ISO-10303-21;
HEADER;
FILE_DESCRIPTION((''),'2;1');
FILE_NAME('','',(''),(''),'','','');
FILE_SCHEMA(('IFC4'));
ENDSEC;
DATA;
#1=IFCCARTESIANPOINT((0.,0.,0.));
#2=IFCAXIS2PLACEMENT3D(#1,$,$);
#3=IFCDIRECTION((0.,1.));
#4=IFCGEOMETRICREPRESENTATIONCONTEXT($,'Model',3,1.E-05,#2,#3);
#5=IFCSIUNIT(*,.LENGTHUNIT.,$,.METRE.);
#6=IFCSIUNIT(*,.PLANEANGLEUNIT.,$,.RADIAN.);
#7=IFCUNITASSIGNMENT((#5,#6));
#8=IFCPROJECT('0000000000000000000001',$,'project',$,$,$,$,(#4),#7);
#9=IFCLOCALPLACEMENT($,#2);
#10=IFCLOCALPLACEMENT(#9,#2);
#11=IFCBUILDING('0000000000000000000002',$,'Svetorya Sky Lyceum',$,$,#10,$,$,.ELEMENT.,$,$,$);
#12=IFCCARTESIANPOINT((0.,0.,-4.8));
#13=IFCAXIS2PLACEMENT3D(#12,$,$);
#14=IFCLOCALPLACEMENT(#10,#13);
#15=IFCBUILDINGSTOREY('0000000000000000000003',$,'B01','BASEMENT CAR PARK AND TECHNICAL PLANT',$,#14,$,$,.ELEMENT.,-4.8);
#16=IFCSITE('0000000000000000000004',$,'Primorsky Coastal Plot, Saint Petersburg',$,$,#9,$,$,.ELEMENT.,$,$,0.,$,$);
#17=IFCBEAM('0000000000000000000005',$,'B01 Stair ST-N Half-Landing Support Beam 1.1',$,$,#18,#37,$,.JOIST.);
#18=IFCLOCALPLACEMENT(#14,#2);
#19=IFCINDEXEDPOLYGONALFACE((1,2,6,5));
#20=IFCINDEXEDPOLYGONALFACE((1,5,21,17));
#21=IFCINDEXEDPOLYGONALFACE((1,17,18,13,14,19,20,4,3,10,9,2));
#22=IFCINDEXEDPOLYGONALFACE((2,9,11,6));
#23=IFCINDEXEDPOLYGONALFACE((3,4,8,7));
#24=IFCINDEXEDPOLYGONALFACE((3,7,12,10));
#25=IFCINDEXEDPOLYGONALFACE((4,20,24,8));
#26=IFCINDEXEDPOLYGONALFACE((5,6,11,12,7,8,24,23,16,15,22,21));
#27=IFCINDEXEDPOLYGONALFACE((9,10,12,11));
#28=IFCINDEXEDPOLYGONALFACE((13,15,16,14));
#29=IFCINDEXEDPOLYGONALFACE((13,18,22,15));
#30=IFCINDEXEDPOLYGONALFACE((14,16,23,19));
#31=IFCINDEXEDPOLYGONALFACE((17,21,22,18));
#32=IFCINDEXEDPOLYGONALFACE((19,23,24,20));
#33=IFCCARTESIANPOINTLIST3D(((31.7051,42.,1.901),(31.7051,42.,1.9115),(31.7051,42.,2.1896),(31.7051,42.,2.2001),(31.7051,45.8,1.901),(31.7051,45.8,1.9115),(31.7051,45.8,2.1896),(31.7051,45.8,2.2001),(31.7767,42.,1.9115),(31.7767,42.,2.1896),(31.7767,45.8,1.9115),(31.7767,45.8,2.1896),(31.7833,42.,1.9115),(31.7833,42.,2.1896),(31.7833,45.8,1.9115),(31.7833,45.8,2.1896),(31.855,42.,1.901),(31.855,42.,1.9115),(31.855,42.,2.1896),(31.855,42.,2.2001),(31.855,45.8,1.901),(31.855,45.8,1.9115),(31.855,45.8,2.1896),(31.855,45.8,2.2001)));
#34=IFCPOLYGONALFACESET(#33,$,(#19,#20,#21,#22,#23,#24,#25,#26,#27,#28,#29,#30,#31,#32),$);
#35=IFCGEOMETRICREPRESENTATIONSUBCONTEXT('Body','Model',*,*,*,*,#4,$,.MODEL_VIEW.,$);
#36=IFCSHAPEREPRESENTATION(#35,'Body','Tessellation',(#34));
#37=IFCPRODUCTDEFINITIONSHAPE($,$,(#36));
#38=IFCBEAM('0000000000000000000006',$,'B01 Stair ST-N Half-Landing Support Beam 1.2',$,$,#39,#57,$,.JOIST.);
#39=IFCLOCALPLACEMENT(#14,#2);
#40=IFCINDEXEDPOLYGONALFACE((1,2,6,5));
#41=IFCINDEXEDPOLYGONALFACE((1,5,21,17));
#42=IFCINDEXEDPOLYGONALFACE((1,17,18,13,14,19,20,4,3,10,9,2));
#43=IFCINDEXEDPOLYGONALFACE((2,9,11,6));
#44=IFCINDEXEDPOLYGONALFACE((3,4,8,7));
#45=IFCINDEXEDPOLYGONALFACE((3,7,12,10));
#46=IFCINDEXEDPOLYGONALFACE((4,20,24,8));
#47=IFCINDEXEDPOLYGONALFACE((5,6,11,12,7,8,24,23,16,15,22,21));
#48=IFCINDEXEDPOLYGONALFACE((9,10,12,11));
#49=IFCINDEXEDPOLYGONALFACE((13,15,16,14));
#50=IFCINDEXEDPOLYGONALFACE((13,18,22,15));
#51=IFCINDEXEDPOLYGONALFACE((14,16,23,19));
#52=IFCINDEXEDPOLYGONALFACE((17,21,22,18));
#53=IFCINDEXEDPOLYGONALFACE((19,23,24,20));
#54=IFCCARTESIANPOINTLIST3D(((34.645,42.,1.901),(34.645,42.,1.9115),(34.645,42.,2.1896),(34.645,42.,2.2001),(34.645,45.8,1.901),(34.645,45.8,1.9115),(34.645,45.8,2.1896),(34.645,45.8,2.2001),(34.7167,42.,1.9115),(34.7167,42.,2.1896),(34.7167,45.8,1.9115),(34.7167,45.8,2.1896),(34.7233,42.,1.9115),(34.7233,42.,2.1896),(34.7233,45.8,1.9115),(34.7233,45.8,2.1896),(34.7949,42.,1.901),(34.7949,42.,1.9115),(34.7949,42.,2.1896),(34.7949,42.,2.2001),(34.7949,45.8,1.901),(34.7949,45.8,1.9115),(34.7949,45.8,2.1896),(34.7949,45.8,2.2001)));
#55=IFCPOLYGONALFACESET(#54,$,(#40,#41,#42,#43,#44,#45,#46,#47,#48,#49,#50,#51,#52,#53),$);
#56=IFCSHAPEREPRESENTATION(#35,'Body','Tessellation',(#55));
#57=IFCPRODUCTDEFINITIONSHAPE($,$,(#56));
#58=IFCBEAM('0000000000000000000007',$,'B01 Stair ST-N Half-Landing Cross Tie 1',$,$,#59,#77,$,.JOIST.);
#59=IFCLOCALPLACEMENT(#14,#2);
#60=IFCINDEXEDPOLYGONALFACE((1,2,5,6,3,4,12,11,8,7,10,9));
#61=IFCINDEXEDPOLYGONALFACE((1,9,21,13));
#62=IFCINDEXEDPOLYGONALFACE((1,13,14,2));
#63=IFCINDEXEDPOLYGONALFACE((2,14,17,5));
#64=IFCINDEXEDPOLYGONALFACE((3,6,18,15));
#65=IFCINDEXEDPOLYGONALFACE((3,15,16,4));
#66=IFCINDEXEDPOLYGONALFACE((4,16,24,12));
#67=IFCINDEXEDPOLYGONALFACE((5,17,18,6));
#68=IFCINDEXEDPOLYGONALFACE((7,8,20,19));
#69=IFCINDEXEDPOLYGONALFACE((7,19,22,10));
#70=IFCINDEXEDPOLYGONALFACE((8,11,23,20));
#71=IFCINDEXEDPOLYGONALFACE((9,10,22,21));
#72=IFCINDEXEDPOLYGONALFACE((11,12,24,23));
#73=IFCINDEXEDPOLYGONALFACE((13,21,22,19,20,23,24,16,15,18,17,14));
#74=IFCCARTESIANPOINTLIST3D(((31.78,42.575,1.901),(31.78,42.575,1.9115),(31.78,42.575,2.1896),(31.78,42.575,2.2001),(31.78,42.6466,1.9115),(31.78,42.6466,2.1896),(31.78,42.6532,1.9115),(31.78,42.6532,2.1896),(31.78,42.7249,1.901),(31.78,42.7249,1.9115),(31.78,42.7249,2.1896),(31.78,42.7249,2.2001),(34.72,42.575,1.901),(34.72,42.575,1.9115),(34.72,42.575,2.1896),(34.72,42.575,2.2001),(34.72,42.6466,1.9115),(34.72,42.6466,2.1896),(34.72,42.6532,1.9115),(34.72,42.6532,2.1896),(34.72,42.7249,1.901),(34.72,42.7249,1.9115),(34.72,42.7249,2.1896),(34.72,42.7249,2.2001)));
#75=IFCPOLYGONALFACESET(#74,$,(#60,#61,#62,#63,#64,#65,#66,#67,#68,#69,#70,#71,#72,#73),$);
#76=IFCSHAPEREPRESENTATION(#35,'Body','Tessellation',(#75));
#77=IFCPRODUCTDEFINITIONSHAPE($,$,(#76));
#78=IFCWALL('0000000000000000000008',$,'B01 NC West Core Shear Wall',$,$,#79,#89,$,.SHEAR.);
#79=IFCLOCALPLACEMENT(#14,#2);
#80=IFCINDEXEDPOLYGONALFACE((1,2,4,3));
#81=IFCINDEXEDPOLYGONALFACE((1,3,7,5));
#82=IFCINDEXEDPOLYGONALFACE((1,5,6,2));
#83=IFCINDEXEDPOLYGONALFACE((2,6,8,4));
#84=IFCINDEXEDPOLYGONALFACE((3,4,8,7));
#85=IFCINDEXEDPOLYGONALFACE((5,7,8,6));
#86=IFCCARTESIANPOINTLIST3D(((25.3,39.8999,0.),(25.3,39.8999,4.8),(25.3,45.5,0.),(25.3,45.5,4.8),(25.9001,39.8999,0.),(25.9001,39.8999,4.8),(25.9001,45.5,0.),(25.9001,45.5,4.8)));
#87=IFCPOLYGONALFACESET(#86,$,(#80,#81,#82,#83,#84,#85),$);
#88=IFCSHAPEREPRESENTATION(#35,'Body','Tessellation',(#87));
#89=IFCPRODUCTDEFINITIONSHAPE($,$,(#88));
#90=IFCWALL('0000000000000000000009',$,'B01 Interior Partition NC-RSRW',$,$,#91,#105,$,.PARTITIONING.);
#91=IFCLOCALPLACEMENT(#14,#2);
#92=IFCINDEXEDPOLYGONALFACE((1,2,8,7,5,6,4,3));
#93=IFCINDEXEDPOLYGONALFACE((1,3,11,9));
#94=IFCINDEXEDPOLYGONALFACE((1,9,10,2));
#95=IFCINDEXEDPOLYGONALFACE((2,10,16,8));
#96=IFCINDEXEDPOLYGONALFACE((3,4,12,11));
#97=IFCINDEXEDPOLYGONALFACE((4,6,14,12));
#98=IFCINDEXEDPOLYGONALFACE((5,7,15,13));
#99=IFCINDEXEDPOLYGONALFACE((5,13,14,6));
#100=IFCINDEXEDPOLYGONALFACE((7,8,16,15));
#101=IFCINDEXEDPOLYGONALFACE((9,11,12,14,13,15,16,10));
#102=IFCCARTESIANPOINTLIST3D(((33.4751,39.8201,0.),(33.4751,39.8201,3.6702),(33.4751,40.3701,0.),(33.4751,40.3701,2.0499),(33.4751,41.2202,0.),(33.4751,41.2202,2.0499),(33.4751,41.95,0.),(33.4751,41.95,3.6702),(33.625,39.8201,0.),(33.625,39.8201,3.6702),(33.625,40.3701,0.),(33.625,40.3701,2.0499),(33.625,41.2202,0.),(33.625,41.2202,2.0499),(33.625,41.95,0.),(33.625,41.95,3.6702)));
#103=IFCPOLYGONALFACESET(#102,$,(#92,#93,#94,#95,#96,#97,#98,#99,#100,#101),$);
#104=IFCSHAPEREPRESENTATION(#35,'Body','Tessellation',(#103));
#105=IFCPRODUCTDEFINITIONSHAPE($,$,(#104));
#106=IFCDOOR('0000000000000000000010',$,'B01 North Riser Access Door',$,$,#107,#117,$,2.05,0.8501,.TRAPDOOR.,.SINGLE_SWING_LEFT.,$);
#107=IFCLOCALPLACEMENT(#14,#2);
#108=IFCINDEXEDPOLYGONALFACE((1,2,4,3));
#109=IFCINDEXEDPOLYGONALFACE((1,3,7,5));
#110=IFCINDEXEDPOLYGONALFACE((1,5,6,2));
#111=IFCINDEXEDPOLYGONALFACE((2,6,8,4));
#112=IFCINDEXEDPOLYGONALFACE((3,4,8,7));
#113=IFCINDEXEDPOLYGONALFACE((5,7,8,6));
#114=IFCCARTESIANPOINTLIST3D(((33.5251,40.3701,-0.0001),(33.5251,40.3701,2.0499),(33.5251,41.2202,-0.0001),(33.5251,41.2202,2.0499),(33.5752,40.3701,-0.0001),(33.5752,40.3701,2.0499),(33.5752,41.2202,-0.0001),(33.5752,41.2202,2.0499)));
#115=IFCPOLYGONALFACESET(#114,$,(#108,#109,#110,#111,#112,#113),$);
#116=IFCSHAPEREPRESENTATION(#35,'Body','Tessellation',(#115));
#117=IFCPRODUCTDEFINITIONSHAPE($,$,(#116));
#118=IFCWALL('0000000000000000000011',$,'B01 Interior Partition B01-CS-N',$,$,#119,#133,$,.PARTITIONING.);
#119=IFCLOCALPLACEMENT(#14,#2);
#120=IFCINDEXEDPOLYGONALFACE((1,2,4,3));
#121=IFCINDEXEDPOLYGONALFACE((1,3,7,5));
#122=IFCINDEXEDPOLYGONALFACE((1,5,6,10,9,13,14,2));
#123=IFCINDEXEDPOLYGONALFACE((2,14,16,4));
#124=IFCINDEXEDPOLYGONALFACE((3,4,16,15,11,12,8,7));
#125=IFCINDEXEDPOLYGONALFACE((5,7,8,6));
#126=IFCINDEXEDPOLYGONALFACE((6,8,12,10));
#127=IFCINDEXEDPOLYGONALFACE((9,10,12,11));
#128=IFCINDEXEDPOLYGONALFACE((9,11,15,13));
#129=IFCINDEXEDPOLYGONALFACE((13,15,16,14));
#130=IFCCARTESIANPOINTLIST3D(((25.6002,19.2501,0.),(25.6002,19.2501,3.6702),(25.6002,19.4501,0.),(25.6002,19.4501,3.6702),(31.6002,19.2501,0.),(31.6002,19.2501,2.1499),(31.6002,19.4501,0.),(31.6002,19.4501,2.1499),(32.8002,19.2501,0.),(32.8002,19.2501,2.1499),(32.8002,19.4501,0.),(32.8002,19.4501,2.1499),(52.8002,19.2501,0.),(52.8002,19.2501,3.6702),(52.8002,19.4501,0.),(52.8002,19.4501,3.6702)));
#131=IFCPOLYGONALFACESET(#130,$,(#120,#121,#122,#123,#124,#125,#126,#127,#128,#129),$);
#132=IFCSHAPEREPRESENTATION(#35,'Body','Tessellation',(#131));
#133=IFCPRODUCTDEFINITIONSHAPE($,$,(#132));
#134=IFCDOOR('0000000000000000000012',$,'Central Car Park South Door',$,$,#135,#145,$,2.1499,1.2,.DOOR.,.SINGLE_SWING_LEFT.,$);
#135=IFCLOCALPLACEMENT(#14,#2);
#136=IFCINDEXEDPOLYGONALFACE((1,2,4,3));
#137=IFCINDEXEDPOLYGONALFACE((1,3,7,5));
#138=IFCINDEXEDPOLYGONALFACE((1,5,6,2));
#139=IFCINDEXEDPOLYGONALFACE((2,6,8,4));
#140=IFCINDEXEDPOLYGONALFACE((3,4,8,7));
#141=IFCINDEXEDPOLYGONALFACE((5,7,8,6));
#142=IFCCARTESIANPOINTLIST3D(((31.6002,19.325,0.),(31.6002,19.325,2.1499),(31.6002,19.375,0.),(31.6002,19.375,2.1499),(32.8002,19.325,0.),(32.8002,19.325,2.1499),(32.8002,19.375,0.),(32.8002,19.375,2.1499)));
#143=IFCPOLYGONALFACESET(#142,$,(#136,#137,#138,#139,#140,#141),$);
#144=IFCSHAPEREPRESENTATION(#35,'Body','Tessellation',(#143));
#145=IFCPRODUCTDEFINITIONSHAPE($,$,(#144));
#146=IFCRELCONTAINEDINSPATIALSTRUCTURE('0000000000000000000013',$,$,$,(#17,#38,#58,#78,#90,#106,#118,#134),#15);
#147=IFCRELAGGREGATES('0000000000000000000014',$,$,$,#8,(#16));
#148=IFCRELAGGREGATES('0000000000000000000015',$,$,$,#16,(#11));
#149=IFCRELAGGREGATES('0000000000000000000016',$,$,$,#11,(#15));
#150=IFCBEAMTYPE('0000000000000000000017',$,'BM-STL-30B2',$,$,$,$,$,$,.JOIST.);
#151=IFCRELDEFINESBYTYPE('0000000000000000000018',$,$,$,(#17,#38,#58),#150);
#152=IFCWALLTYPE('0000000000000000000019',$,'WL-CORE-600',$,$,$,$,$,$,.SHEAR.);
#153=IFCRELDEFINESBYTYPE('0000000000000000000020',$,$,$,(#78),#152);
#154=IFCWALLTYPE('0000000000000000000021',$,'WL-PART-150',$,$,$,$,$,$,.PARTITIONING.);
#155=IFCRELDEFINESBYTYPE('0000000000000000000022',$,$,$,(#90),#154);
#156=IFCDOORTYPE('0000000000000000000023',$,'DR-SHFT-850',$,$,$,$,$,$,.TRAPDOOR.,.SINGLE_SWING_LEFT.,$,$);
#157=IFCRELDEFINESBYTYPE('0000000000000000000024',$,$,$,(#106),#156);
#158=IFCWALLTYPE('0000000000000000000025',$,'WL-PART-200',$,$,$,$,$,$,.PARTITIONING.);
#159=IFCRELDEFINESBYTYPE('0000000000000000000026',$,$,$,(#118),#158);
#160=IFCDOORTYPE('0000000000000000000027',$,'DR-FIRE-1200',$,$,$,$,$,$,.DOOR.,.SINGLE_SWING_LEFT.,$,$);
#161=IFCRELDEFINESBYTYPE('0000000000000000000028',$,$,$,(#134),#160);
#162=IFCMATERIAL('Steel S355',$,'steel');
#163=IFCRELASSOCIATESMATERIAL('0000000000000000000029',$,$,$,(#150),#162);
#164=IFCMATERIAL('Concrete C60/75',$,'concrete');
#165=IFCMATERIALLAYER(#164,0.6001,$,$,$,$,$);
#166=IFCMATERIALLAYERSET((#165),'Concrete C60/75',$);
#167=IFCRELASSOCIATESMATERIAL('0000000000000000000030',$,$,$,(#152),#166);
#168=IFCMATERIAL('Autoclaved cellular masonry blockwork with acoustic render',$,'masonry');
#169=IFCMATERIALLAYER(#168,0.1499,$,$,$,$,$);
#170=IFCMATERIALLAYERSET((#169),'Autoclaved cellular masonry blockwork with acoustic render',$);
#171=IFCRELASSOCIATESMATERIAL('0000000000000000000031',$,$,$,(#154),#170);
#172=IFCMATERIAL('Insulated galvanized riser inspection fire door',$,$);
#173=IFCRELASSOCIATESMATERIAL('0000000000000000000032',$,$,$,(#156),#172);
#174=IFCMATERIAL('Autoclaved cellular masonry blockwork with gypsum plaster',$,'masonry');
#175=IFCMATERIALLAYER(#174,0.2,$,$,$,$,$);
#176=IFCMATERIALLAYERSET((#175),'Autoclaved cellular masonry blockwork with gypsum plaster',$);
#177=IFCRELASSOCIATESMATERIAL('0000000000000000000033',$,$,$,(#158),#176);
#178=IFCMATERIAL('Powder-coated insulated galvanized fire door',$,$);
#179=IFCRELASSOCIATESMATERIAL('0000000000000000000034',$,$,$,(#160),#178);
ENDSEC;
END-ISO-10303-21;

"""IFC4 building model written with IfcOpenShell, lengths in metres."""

from ifc_helpers import new_model, si_unit, direction, frame, frame_2d, origin, origin_2d, place, context, subcontext, project, spatial, rectangle, i_section, extrude, material, layer, layer_set, material_profile, profile_set, type_object, element, fill, save


model = new_model("IFC4")

# Units and contexts
model_context = context("Model", 3, precision=1e-05, world=origin(), true_north=direction((0.0, 1.0)))
body_context = subcontext(model_context, "Body", "Model", "MODEL_VIEW")
ifc_project = project(units=[si_unit("LENGTHUNIT", "METRE"), si_unit("PLANEANGLEUNIT", "RADIAN")], contexts=[model_context])

# Site, building, storey
site_placement = place(None, origin())
site = spatial("IfcSite", under=ifc_project, at=site_placement, Name="Primorsky Coastal Plot, Saint Petersburg", CompositionType="ELEMENT", RefElevation=0.0)
building_placement = place(site_placement, origin())
building = spatial("IfcBuilding", under=site, at=building_placement, Name="Svetorya Sky Lyceum", CompositionType="ELEMENT")
storey_placement = place(building_placement, frame((0.0, 0.0, -4.8)))
storey = spatial("IfcBuildingStorey", under=building, at=storey_placement, Name="B01", Description="BASEMENT CAR PARK AND TECHNICAL PLANT", CompositionType="ELEMENT", Elevation=-4.8)

# Shared definitions
ifc_material_1 = material(Name="Concrete C60/75", Category="concrete")

# Beams
ifc_material_2 = material(Name="Steel S355", Category="steel")
ifc_material_profile_1 = material_profile(ifc_material_2, i_section(OverallWidth=0.1499, OverallDepth=0.2991, WebThickness=0.0066, FlangeThickness=0.0105, at=origin_2d()), Name="GOST 30B2")
ifc_profile_set_1 = profile_set([ifc_material_profile_1], Name="Steel S355")
beam_type = type_object("IfcBeamType", Name="BM-STL-30B2", PredefinedType="JOIST", material=ifc_profile_set_1)
for number, where, z_axis, x_axis, name in (
    (1, (31.78, 42.0, 2.0505), (0.0, 1.0, 0.0), (-1.0, 0.0, 0.0), "B01 Stair ST-N Half-Landing Support Beam 1.1"),
    (2, (34.72, 42.0, 2.0505), (0.0, 1.0, 0.0), (-1.0, 0.0, 0.0), "B01 Stair ST-N Half-Landing Support Beam 1.2"),
):
    element("IfcBeam", number, at=place(storey_placement, frame(where, z_axis=z_axis, x_axis=x_axis)), inside=storey, type_object=beam_type, Name=name, PredefinedType="JOIST", context=body_context, shape_type="SweptSolid", body=[
        extrude(i_section(OverallWidth=0.1499, OverallDepth=0.2991, WebThickness=0.0066, FlangeThickness=0.0105, at=origin_2d()), origin(), (0.0, 0.0, 1.0), 3.8),
    ])
beam_placement = place(storey_placement, frame((31.78, 42.6499, 2.0505), z_axis=(1.0, 0.0, 0.0), x_axis=(0.0, 1.0, 0.0)))
element("IfcBeam", 3, at=beam_placement, inside=storey, type_object=beam_type, Name="B01 Stair ST-N Half-Landing Cross Tie 1", PredefinedType="JOIST", context=body_context, shape_type="SweptSolid", body=[
    extrude(i_section(OverallWidth=0.1499, OverallDepth=0.2991, WebThickness=0.0066, FlangeThickness=0.0105, at=origin_2d()), origin(), (0.0, 0.0, 1.0), 2.9399),
])

# Wall
ifc_layer_1 = layer(ifc_material_1, 0.6001)
ifc_layer_set_1 = layer_set([ifc_layer_1], Name="Concrete C60/75")
wall_type_1 = type_object("IfcWallType", Name="WL-CORE-600", PredefinedType="SHEAR", material=ifc_layer_set_1)
wall_1_placement = place(storey_placement, frame((25.6001, 39.8999, 0.0), z_axis=(0.0, 0.0, 1.0), x_axis=(0.0, 1.0, 0.0)))
element("IfcWall", 4, at=wall_1_placement, inside=storey, type_object=wall_type_1, Name="B01 NC West Core Shear Wall", PredefinedType="SHEAR", context=body_context, shape_type="SweptSolid", body=[
    extrude(rectangle(XDim=5.6001, YDim=0.6001, at=frame_2d((2.8, 0.0))), origin(), (0.0, 0.0, 1.0), 4.8),
])

# Walls, openings, doors
ifc_material_3 = material(Name="Autoclaved cellular masonry blockwork with acoustic render", Category="masonry")
ifc_layer_2 = layer(ifc_material_3, 0.1499)
ifc_layer_set_2 = layer_set([ifc_layer_2], Name="Autoclaved cellular masonry blockwork with acoustic render")
wall_type_2 = type_object("IfcWallType", Name="WL-PART-150", PredefinedType="PARTITIONING", material=ifc_layer_set_2)
wall_2_placement = place(storey_placement, frame((33.55, 39.8201, 0.0), z_axis=(0.0, 0.0, 1.0), x_axis=(0.0, 1.0, 0.0)))
wall_2 = element("IfcWall", 5, at=wall_2_placement, inside=storey, type_object=wall_type_2, Name="B01 Interior Partition NC-RSRW", PredefinedType="PARTITIONING", context=body_context, shape_type="SweptSolid", body=[
    extrude(rectangle(XDim=2.1299, YDim=0.1499, at=frame_2d((1.0649, 0.0))), origin(), (0.0, 0.0, 1.0), 3.6702),
])
opening_1_placement = place(wall_2_placement, frame((0.55, 0.0, 0.0)))
opening_1 = element("IfcOpeningElement", 6, at=opening_1_placement, cuts=wall_2, PredefinedType="OPENING", context=body_context, shape_type="SweptSolid", body=[
    extrude(rectangle(XDim=0.8501, YDim=2.05, at=frame_2d((0.425, 1.0249))), frame((0.0, 0.085, 0.0), z_axis=(0.0, -1.0, 0.0), x_axis=(1.0, 0.0, 0.0)), (0.0, 0.0, 1.0), 0.1699),
])
ifc_material_4 = material(Name="Insulated galvanized riser inspection fire door")
door_type_1 = type_object("IfcDoorType", Name="DR-SHFT-850", OperationType="SINGLE_SWING_LEFT", PredefinedType="TRAPDOOR", material=ifc_material_4)
door_1_placement = place(opening_1_placement, origin())
door_1 = element("IfcDoor", 7, at=door_1_placement, inside=storey, type_object=door_type_1, Name="B01 North Riser Access Door", OperationType="SINGLE_SWING_LEFT", OverallHeight=2.05, OverallWidth=0.8501, PredefinedType="TRAPDOOR", context=body_context, shape_type="SweptSolid", body=[
    extrude(rectangle(XDim=0.8501, YDim=2.05, at=frame_2d((0.425, 1.0249))), frame((0.0, 0.0249, 0.0), z_axis=(0.0, -1.0, 0.0), x_axis=(1.0, 0.0, 0.0)), (0.0, 0.0, 1.0), 0.05),
])
fill(opening_1, door_1)
ifc_material_5 = material(Name="Autoclaved cellular masonry blockwork with gypsum plaster", Category="masonry")
ifc_layer_3 = layer(ifc_material_5, 0.2)
ifc_layer_set_3 = layer_set([ifc_layer_3], Name="Autoclaved cellular masonry blockwork with gypsum plaster")
wall_type_3 = type_object("IfcWallType", Name="WL-PART-200", PredefinedType="PARTITIONING", material=ifc_layer_set_3)
wall_3_placement = place(storey_placement, frame((25.6001, 19.3501, 0.0), z_axis=(0.0, 0.0, 1.0), x_axis=(1.0, 0.0, 0.0)))
wall_3 = element("IfcWall", 8, at=wall_3_placement, inside=storey, type_object=wall_type_3, Name="B01 Interior Partition B01-CS-N", PredefinedType="PARTITIONING", context=body_context, shape_type="SweptSolid", body=[
    extrude(rectangle(XDim=27.2, YDim=0.2, at=frame_2d((13.6001, 0.0))), origin(), (0.0, 0.0, 1.0), 3.6702),
])
opening_2_placement = place(wall_3_placement, frame((6.0, 0.0, 0.0)))
opening_2 = element("IfcOpeningElement", 9, at=opening_2_placement, cuts=wall_3, PredefinedType="OPENING", context=body_context, shape_type="SweptSolid", body=[
    extrude(rectangle(XDim=1.2, YDim=2.1499, at=frame_2d((0.6001, 1.075))), frame((0.0, 0.1099, 0.0), z_axis=(0.0, -1.0, 0.0), x_axis=(1.0, 0.0, 0.0)), (0.0, 0.0, 1.0), 0.22),
])
ifc_material_6 = material(Name="Powder-coated insulated galvanized fire door")
door_type_2 = type_object("IfcDoorType", Name="DR-FIRE-1200", OperationType="SINGLE_SWING_LEFT", PredefinedType="DOOR", material=ifc_material_6)
door_2_placement = place(opening_2_placement, origin())
door_2 = element("IfcDoor", 10, at=door_2_placement, inside=storey, type_object=door_type_2, Name="Central Car Park South Door", OperationType="SINGLE_SWING_LEFT", OverallHeight=2.1499, OverallWidth=1.2, PredefinedType="DOOR", context=body_context, shape_type="SweptSolid", body=[
    extrude(rectangle(XDim=1.2, YDim=2.1499, at=frame_2d((0.6001, 1.075))), frame((0.0, 0.0249, 0.0), z_axis=(0.0, -1.0, 0.0), x_axis=(1.0, 0.0, 0.0)), (0.0, 0.0, 1.0), 0.05),
])
fill(opening_2, door_2)

save(model, "model.ifc")
